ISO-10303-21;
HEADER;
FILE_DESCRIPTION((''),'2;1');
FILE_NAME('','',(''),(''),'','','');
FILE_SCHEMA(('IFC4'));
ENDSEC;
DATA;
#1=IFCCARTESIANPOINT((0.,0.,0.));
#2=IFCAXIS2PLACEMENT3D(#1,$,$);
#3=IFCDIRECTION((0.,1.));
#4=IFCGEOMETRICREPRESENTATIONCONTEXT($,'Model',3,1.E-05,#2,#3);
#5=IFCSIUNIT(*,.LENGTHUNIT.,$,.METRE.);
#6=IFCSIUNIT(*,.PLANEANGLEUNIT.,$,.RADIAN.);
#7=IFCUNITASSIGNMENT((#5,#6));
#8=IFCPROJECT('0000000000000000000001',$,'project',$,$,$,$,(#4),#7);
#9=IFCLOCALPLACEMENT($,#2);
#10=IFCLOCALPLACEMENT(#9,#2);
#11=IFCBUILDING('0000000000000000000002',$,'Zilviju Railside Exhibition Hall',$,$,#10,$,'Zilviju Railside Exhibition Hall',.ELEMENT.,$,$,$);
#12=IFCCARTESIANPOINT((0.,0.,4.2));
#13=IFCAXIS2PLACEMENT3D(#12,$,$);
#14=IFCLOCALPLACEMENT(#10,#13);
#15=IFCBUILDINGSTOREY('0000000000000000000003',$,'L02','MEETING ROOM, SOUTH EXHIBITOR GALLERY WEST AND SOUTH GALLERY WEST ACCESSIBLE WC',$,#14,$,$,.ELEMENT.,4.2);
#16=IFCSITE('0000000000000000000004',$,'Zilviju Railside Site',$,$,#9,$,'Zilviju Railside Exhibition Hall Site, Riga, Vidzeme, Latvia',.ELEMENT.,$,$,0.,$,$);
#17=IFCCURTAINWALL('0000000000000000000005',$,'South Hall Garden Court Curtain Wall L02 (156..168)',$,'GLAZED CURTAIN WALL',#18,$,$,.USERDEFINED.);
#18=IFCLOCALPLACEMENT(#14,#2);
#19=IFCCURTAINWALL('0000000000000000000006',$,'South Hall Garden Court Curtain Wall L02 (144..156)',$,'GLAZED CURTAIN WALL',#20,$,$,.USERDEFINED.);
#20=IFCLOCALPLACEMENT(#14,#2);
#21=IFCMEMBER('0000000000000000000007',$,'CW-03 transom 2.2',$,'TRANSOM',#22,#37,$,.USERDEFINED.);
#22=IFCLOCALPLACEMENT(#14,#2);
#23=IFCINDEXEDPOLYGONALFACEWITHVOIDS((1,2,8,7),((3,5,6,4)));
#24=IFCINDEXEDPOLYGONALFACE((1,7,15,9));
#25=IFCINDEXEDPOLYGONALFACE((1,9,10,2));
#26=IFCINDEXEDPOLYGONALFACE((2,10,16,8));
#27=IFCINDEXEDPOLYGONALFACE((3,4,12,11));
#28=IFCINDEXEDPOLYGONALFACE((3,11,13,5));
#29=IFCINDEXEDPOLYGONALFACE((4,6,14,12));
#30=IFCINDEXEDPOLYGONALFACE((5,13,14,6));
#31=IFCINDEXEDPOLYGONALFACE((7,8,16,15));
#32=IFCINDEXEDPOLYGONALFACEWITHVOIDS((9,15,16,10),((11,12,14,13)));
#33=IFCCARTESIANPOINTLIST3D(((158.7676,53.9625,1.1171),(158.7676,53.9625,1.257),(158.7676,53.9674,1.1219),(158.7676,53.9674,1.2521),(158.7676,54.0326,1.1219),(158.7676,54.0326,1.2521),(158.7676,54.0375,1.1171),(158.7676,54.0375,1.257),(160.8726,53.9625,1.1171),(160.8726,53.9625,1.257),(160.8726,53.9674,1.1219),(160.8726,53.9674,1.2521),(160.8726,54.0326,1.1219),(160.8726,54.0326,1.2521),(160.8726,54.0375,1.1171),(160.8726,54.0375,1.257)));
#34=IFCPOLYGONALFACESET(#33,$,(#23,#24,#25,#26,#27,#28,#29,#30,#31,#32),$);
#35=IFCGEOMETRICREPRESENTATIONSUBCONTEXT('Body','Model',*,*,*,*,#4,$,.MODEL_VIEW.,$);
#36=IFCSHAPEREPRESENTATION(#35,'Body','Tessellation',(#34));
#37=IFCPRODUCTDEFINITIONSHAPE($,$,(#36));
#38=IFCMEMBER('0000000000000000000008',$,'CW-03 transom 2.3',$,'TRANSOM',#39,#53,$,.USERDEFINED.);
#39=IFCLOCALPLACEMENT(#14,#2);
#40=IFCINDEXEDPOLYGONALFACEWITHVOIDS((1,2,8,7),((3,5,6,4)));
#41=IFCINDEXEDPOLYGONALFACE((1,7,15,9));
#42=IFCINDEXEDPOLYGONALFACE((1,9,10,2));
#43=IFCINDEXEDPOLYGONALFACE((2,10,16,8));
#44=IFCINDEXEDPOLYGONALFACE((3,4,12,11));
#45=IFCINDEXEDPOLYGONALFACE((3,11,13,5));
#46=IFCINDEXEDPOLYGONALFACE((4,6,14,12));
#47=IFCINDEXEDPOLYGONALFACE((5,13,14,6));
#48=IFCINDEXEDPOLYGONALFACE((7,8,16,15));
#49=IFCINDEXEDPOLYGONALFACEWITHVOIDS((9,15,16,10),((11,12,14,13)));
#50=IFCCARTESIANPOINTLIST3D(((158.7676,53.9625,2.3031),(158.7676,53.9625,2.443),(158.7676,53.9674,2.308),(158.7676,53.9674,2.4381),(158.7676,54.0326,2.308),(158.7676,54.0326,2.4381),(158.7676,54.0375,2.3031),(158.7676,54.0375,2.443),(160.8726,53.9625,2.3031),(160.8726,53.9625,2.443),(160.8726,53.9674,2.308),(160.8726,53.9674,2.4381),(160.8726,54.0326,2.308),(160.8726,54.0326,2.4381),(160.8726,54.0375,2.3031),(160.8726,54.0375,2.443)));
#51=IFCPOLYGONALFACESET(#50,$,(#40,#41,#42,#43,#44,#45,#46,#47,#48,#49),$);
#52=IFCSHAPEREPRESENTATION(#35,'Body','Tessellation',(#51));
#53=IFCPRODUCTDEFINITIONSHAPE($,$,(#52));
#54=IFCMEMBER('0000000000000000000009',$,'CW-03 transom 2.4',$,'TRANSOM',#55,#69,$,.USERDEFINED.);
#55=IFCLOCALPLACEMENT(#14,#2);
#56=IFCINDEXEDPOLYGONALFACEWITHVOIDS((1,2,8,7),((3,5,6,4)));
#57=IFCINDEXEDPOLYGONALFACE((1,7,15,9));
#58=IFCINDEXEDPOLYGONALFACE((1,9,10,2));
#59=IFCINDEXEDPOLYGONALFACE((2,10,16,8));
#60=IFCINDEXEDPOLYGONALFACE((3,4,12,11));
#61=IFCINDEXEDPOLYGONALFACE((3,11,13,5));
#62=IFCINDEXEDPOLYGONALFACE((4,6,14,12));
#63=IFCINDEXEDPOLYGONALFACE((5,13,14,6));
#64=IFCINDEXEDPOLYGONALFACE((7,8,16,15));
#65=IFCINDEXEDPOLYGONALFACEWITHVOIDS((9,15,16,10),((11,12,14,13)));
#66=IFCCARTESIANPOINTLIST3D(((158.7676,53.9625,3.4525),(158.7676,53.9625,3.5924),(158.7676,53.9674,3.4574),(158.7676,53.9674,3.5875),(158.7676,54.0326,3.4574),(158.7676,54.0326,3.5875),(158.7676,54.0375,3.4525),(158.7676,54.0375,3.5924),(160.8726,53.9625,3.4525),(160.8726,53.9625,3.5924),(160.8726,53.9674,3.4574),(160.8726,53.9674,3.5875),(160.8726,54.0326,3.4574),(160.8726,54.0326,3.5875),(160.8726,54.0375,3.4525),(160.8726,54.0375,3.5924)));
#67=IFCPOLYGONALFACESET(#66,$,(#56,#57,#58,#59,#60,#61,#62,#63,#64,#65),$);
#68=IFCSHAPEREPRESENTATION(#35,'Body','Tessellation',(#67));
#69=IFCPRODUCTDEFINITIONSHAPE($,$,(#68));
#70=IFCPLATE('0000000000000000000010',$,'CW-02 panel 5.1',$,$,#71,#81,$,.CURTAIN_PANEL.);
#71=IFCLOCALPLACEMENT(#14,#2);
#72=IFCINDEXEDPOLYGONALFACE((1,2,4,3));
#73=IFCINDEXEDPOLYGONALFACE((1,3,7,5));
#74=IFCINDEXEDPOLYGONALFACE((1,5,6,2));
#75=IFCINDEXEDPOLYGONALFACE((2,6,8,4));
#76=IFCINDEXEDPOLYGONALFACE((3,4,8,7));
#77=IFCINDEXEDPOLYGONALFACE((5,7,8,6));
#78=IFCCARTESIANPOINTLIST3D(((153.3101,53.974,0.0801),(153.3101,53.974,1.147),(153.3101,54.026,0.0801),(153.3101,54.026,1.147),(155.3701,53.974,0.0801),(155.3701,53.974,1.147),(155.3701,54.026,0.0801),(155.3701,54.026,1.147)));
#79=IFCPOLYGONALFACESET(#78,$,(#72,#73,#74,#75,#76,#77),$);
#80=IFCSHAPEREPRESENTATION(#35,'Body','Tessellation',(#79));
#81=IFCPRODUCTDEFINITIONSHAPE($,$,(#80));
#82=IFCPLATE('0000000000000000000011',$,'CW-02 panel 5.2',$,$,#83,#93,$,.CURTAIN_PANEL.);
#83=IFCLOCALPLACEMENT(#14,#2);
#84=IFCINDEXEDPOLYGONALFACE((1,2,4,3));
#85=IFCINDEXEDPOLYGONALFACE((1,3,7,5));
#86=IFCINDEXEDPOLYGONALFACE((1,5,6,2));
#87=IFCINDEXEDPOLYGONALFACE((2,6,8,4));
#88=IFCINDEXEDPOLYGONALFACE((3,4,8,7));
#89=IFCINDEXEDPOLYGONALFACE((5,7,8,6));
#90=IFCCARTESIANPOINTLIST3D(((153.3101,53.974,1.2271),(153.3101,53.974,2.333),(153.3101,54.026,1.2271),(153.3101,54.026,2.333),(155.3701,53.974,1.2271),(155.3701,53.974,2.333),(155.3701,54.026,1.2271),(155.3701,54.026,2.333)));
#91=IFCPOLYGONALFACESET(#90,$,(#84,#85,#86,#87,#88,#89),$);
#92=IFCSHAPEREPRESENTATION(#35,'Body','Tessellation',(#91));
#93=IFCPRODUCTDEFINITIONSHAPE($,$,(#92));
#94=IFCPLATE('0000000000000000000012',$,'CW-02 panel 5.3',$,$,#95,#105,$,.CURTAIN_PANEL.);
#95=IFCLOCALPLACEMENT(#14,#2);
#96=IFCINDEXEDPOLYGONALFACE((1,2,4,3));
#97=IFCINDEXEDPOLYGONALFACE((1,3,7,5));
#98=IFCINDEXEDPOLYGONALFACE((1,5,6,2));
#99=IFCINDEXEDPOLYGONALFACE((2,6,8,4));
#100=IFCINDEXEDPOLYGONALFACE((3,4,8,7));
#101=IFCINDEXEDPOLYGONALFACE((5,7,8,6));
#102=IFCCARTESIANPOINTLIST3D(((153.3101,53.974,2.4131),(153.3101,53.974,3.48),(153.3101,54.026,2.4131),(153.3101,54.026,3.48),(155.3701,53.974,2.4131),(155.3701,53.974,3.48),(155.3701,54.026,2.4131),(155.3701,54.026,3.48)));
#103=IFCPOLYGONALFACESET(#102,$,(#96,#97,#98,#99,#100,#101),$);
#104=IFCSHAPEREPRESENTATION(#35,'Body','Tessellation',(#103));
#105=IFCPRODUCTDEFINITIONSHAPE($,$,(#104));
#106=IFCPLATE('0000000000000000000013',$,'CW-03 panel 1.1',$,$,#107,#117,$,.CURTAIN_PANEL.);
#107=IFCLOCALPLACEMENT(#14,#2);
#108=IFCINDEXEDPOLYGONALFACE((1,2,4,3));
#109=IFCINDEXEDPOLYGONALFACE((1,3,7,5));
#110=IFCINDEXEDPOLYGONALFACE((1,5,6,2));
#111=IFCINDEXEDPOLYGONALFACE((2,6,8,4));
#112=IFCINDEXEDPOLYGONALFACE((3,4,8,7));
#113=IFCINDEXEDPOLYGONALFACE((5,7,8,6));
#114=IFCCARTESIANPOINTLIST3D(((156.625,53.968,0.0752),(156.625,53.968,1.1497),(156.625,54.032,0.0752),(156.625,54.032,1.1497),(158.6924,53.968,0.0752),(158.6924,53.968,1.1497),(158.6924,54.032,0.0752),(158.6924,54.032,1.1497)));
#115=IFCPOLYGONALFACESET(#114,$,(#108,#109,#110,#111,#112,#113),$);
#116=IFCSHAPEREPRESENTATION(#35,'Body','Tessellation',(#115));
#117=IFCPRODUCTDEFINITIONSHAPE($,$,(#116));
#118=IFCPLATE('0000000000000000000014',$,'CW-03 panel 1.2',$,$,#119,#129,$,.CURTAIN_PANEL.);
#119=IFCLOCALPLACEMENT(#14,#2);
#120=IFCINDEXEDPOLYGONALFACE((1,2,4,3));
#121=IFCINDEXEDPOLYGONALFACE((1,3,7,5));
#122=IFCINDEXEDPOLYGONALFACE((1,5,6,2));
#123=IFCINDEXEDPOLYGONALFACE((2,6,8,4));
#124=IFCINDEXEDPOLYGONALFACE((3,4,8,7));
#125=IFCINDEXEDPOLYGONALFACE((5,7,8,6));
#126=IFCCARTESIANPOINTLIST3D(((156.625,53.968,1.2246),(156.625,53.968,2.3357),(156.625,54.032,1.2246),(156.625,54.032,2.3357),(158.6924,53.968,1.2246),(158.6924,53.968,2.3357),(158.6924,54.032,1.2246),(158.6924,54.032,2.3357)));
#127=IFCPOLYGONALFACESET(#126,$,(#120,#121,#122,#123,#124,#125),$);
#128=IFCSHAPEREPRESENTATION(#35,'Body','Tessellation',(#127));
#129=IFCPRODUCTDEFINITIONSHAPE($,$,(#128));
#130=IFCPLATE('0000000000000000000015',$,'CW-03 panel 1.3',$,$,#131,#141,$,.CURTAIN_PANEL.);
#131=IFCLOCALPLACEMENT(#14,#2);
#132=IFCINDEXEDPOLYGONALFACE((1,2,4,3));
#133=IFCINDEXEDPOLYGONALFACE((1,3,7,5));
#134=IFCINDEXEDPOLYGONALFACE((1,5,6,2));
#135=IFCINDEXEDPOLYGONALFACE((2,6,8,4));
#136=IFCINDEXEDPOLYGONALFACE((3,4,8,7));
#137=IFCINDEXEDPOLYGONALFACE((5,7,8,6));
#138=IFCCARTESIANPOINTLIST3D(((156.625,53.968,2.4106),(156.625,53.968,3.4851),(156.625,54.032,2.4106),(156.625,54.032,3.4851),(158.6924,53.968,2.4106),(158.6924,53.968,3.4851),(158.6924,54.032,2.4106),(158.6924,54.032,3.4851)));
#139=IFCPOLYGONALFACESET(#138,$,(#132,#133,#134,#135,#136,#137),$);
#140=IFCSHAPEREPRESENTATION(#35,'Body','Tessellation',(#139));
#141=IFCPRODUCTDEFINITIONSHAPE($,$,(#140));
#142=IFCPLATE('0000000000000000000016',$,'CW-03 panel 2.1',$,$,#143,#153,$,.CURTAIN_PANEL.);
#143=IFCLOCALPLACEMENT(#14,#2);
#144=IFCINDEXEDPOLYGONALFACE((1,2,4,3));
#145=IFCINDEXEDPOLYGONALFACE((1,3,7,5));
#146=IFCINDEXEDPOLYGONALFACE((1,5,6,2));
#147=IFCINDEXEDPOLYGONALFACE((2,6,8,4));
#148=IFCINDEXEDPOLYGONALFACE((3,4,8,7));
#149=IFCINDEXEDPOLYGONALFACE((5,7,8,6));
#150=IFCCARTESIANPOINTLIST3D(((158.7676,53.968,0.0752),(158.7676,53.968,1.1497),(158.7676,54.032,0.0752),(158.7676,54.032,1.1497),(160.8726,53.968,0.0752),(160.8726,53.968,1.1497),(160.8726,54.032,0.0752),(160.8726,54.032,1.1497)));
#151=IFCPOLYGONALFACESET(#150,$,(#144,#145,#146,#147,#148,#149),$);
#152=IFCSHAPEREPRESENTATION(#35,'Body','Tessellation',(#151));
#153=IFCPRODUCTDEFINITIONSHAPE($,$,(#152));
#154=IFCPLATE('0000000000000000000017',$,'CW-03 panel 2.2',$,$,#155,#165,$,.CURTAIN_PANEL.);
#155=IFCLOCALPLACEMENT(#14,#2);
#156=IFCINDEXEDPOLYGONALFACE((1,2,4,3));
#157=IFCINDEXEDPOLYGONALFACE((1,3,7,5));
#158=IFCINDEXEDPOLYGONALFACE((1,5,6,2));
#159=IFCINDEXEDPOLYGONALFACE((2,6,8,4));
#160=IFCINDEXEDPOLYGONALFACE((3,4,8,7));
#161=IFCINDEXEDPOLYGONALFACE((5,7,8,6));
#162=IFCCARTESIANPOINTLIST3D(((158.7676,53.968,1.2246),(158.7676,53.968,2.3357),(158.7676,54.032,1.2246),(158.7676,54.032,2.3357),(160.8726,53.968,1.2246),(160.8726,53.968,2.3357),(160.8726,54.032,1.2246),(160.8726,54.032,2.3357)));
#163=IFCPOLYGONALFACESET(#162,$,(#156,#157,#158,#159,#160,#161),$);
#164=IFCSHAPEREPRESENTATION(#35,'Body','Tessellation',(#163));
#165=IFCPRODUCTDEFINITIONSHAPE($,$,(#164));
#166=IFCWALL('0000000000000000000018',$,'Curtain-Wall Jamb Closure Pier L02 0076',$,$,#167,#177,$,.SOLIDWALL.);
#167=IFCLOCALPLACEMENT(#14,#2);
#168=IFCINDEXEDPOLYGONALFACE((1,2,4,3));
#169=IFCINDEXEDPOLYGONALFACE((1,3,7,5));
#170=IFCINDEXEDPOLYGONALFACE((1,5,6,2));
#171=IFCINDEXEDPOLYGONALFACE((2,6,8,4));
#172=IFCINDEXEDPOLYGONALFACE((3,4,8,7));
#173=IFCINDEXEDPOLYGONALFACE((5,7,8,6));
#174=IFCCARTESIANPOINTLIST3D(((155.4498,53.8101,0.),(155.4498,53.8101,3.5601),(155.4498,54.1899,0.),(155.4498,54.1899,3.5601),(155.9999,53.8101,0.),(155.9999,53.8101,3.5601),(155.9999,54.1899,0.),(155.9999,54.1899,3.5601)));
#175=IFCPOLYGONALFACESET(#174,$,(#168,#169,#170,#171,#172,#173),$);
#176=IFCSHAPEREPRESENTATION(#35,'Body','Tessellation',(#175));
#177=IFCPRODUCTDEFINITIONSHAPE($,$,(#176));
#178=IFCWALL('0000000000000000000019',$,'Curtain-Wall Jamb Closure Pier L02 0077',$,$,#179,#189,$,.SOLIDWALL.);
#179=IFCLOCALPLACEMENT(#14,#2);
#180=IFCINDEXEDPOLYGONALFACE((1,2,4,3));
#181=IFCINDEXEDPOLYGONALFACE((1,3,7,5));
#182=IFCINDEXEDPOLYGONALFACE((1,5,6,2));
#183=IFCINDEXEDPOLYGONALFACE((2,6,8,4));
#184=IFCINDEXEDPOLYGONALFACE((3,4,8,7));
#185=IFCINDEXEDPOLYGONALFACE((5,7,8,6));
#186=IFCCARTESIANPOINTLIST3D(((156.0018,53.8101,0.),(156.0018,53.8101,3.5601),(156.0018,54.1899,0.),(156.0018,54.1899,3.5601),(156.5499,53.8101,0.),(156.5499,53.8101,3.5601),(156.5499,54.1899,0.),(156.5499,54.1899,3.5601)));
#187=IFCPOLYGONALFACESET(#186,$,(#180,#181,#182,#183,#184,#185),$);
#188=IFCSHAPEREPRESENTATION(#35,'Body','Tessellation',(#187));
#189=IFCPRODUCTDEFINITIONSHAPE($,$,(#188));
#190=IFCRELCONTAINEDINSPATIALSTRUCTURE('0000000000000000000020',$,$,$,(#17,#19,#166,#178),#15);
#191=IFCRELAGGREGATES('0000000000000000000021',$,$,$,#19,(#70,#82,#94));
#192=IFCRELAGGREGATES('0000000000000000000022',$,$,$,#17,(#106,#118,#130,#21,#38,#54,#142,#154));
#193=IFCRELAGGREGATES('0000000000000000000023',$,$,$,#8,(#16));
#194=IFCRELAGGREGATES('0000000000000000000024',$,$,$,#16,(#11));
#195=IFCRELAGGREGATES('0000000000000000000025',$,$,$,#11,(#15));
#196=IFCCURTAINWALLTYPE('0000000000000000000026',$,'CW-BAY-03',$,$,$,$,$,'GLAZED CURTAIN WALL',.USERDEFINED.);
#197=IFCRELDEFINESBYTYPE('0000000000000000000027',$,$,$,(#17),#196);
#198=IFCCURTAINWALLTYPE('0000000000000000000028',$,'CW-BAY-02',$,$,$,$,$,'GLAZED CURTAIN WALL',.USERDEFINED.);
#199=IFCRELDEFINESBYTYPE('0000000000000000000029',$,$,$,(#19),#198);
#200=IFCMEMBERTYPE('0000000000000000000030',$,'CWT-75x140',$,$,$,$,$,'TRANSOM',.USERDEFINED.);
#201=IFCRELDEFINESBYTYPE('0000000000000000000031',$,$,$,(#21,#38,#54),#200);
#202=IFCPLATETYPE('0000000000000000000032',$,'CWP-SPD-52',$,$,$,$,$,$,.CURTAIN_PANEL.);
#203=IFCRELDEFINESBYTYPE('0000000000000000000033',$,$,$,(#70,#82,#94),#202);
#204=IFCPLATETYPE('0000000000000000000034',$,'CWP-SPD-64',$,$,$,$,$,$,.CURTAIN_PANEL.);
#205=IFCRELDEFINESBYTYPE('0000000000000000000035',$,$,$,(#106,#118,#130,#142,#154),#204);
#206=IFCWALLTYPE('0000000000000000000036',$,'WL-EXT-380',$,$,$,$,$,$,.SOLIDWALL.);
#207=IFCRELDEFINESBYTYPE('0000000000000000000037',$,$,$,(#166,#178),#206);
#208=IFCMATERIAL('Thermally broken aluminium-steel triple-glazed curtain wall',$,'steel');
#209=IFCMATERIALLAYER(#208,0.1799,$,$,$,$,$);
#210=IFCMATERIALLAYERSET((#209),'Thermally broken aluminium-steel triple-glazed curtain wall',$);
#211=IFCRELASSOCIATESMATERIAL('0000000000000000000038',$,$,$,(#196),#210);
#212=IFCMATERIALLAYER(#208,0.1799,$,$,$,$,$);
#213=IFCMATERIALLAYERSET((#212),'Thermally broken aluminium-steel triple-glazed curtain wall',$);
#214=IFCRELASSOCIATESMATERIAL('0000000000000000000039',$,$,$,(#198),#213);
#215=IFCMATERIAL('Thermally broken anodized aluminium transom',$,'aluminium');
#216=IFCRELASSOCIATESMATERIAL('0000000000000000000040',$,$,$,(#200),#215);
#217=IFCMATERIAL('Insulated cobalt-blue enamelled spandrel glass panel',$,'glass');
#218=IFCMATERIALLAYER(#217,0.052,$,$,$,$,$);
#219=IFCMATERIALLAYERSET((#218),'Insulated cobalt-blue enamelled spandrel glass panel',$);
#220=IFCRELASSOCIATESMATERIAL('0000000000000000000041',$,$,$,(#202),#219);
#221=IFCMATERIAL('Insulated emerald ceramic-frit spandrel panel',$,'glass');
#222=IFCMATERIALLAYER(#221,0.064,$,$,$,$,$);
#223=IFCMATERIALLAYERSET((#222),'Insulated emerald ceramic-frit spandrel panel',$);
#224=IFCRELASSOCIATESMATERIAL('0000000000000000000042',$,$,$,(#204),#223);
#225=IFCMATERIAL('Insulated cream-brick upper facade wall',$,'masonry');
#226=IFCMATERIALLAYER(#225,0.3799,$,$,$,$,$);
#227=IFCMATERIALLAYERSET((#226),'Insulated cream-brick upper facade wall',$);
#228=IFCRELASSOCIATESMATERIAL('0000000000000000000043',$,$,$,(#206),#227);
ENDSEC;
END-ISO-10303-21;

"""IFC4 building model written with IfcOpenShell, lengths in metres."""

from ifc_helpers import new_model, si_unit, direction, frame, frame_2d, origin, origin_2d, place, context, subcontext, project, spatial, rectangle, hollow_rectangle, extrude, material, layer, layer_set, material_profile, profile_set, type_object, element, aggregate, save


model = new_model("IFC4")

# Units and contexts
model_context = context("Model", 3, precision=1e-05, world=origin(), true_north=direction((0.0, 1.0)))
body_context = subcontext(model_context, "Body", "Model", "MODEL_VIEW")
ifc_project = project(units=[si_unit("LENGTHUNIT", "METRE"), si_unit("PLANEANGLEUNIT", "RADIAN")], contexts=[model_context])

# Site, building, storey
site_placement = place(None, origin())
site = spatial("IfcSite", under=ifc_project, at=site_placement, Name="Zilviju Railside Site", LongName="Zilviju Railside Exhibition Hall Site, Riga, Vidzeme, Latvia", CompositionType="ELEMENT", RefElevation=0.0)
building_placement = place(site_placement, origin())
building = spatial("IfcBuilding", under=site, at=building_placement, Name="Zilviju Railside Exhibition Hall", LongName="Zilviju Railside Exhibition Hall", CompositionType="ELEMENT")
storey_placement = place(building_placement, frame((0.0, 0.0, 4.2)))
storey = spatial("IfcBuildingStorey", under=building, at=storey_placement, Name="L02", Description="MEETING ROOM, SOUTH EXHIBITOR GALLERY WEST AND SOUTH GALLERY WEST ACCESSIBLE WC", CompositionType="ELEMENT", Elevation=4.2)

# Curtain wall
ifc_material_1 = material(Name="Thermally broken aluminium-steel triple-glazed curtain wall", Category="steel")
ifc_layer_1 = layer(ifc_material_1, 0.1799)
ifc_layer_set_1 = layer_set([ifc_layer_1], Name="Thermally broken aluminium-steel triple-glazed curtain wall")
curtain_wall_type_1 = type_object("IfcCurtainWallType", Name="CW-BAY-03", ElementType="GLAZED CURTAIN WALL", PredefinedType="USERDEFINED", material=ifc_layer_set_1)
curtain_wall_1_placement = place(storey_placement, origin())
curtain_wall_1 = element("IfcCurtainWall", 1, at=curtain_wall_1_placement, inside=storey, type_object=curtain_wall_type_1, Name="South Hall Garden Court Curtain Wall L02 (156..168)", ObjectType="GLAZED CURTAIN WALL", PredefinedType="USERDEFINED")

# Curtain wall
ifc_layer_2 = layer(ifc_material_1, 0.1799)
ifc_layer_set_2 = layer_set([ifc_layer_2], Name="Thermally broken aluminium-steel triple-glazed curtain wall")
curtain_wall_type_2 = type_object("IfcCurtainWallType", Name="CW-BAY-02", ElementType="GLAZED CURTAIN WALL", PredefinedType="USERDEFINED", material=ifc_layer_set_2)
curtain_wall_2_placement = place(storey_placement, origin())
curtain_wall_2 = element("IfcCurtainWall", 2, at=curtain_wall_2_placement, inside=storey, type_object=curtain_wall_type_2, Name="South Hall Garden Court Curtain Wall L02 (144..156)", ObjectType="GLAZED CURTAIN WALL", PredefinedType="USERDEFINED")

# Members
ifc_material_2 = material(Name="Thermally broken anodized aluminium transom", Category="aluminium")
ifc_material_profile_1 = material_profile(ifc_material_2, hollow_rectangle(XDim=0.075, YDim=0.1399, WallThickness=0.0049, at=origin_2d()), Name="TRANSOM 140x75x5")
ifc_profile_set_1 = profile_set([ifc_material_profile_1], Name="Thermally broken anodized aluminium transom")
member_type_1 = type_object("IfcMemberType", Name="CWT-75x140", ElementType="TRANSOM", PredefinedType="USERDEFINED", material=ifc_profile_set_1)
member_1_placement = place(storey_placement, frame((158.7676, 54.0, 1.187), z_axis=(1.0, 0.0, 0.0), x_axis=(0.0, 1.0, 0.0)))
member_1 = element("IfcMember", 3, at=member_1_placement, type_object=member_type_1, Name="CW-03 transom 2.2", ObjectType="TRANSOM", PredefinedType="USERDEFINED", context=body_context, shape_type="SweptSolid", body=[
    extrude(hollow_rectangle(XDim=0.075, YDim=0.1399, WallThickness=0.0049, at=origin_2d()), origin(), (0.0, 0.0, 1.0), 2.105),
])
member_2_placement = place(storey_placement, frame((158.7676, 54.0, 2.373), z_axis=(1.0, 0.0, 0.0), x_axis=(0.0, 1.0, 0.0)))
member_2 = element("IfcMember", 4, at=member_2_placement, type_object=member_type_1, Name="CW-03 transom 2.3", ObjectType="TRANSOM", PredefinedType="USERDEFINED", context=body_context, shape_type="SweptSolid", body=[
    extrude(hollow_rectangle(XDim=0.075, YDim=0.1399, WallThickness=0.0049, at=origin_2d()), origin(), (0.0, 0.0, 1.0), 2.105),
])
member_3_placement = place(storey_placement, frame((158.7676, 54.0, 3.5225), z_axis=(1.0, 0.0, 0.0), x_axis=(0.0, 1.0, 0.0)))
member_3 = element("IfcMember", 5, at=member_3_placement, type_object=member_type_1, Name="CW-03 transom 2.4", ObjectType="TRANSOM", PredefinedType="USERDEFINED", context=body_context, shape_type="SweptSolid", body=[
    extrude(hollow_rectangle(XDim=0.075, YDim=0.1399, WallThickness=0.0049, at=origin_2d()), origin(), (0.0, 0.0, 1.0), 2.105),
])

# Plates
ifc_material_3 = material(Name="Insulated cobalt-blue enamelled spandrel glass panel", Category="glass")
ifc_layer_3 = layer(ifc_material_3, 0.052)
ifc_layer_set_3 = layer_set([ifc_layer_3], Name="Insulated cobalt-blue enamelled spandrel glass panel")
plate_type_1 = type_object("IfcPlateType", Name="CWP-SPD-52", PredefinedType="CURTAIN_PANEL", material=ifc_layer_set_3)
plate_1_placement = place(storey_placement, frame((154.3401, 54.0, 0.0801), z_axis=(0.0, 0.0, 1.0), x_axis=(1.0, 0.0, 0.0)))
plate_1 = element("IfcPlate", 6, at=plate_1_placement, type_object=plate_type_1, Name="CW-02 panel 5.1", PredefinedType="CURTAIN_PANEL", context=body_context, shape_type="SweptSolid", body=[
    extrude(rectangle(XDim=2.0601, YDim=0.052, at=origin_2d()), origin(), (0.0, 0.0, 1.0), 1.0669),
])
plate_2_placement = place(storey_placement, frame((154.3401, 54.0, 1.2271), z_axis=(0.0, 0.0, 1.0), x_axis=(1.0, 0.0, 0.0)))
plate_2 = element("IfcPlate", 7, at=plate_2_placement, type_object=plate_type_1, Name="CW-02 panel 5.2", PredefinedType="CURTAIN_PANEL", context=body_context, shape_type="SweptSolid", body=[
    extrude(rectangle(XDim=2.0601, YDim=0.052, at=origin_2d()), origin(), (0.0, 0.0, 1.0), 1.106),
])
plate_3_placement = place(storey_placement, frame((154.3401, 54.0, 2.4131), z_axis=(0.0, 0.0, 1.0), x_axis=(1.0, 0.0, 0.0)))
plate_3 = element("IfcPlate", 8, at=plate_3_placement, type_object=plate_type_1, Name="CW-02 panel 5.3", PredefinedType="CURTAIN_PANEL", context=body_context, shape_type="SweptSolid", body=[
    extrude(rectangle(XDim=2.0601, YDim=0.052, at=origin_2d()), origin(), (0.0, 0.0, 1.0), 1.0669),
])
aggregate(curtain_wall_2, [plate_1, plate_2, plate_3])
ifc_material_4 = material(Name="Insulated emerald ceramic-frit spandrel panel", Category="glass")
ifc_layer_4 = layer(ifc_material_4, 0.064)
ifc_layer_set_4 = layer_set([ifc_layer_4], Name="Insulated emerald ceramic-frit spandrel panel")
plate_type_2 = type_object("IfcPlateType", Name="CWP-SPD-64", PredefinedType="CURTAIN_PANEL", material=ifc_layer_set_4)
plate_4_placement = place(storey_placement, frame((157.6587, 54.0, 0.0752), z_axis=(0.0, 0.0, 1.0), x_axis=(1.0, 0.0, 0.0)))
plate_4 = element("IfcPlate", 9, at=plate_4_placement, type_object=plate_type_2, Name="CW-03 panel 1.1", PredefinedType="CURTAIN_PANEL", context=body_context, shape_type="SweptSolid", body=[
    extrude(rectangle(XDim=2.0674, YDim=0.064, at=origin_2d()), origin(), (0.0, 0.0, 1.0), 1.0745),
])
plate_5_placement = place(storey_placement, frame((157.6587, 54.0, 1.2246), z_axis=(0.0, 0.0, 1.0), x_axis=(1.0, 0.0, 0.0)))
plate_5 = element("IfcPlate", 10, at=plate_5_placement, type_object=plate_type_2, Name="CW-03 panel 1.2", PredefinedType="CURTAIN_PANEL", context=body_context, shape_type="SweptSolid", body=[
    extrude(rectangle(XDim=2.0674, YDim=0.064, at=origin_2d()), origin(), (0.0, 0.0, 1.0), 1.1111),
])
plate_6_placement = place(storey_placement, frame((157.6587, 54.0, 2.4106), z_axis=(0.0, 0.0, 1.0), x_axis=(1.0, 0.0, 0.0)))
plate_6 = element("IfcPlate", 11, at=plate_6_placement, type_object=plate_type_2, Name="CW-03 panel 1.3", PredefinedType="CURTAIN_PANEL", context=body_context, shape_type="SweptSolid", body=[
    extrude(rectangle(XDim=2.0674, YDim=0.064, at=origin_2d()), origin(), (0.0, 0.0, 1.0), 1.0745),
])
plate_7_placement = place(storey_placement, frame((159.8201, 54.0, 0.0752), z_axis=(0.0, 0.0, 1.0), x_axis=(1.0, 0.0, 0.0)))
plate_7 = element("IfcPlate", 12, at=plate_7_placement, type_object=plate_type_2, Name="CW-03 panel 2.1", PredefinedType="CURTAIN_PANEL", context=body_context, shape_type="SweptSolid", body=[
    extrude(rectangle(XDim=2.105, YDim=0.064, at=origin_2d()), origin(), (0.0, 0.0, 1.0), 1.0745),
])
plate_8_placement = place(storey_placement, frame((159.8201, 54.0, 1.2246), z_axis=(0.0, 0.0, 1.0), x_axis=(1.0, 0.0, 0.0)))
plate_8 = element("IfcPlate", 13, at=plate_8_placement, type_object=plate_type_2, Name="CW-03 panel 2.2", PredefinedType="CURTAIN_PANEL", context=body_context, shape_type="SweptSolid", body=[
    extrude(rectangle(XDim=2.105, YDim=0.064, at=origin_2d()), origin(), (0.0, 0.0, 1.0), 1.1111),
])
aggregate(curtain_wall_1, [plate_4, plate_5, plate_6, member_1, member_2, member_3, plate_7, plate_8])

# Walls
ifc_material_5 = material(Name="Insulated cream-brick upper facade wall", Category="masonry")
ifc_layer_5 = layer(ifc_material_5, 0.3799)
ifc_layer_set_5 = layer_set([ifc_layer_5], Name="Insulated cream-brick upper facade wall")
wall_type = type_object("IfcWallType", Name="WL-EXT-380", PredefinedType="SOLIDWALL", material=ifc_layer_set_5)
wall_1_placement = place(storey_placement, frame((155.45, 54.0, 0.0), z_axis=(0.0, 0.0, 1.0), x_axis=(1.0, 0.0, 0.0)))
element("IfcWall", 14, at=wall_1_placement, inside=storey, type_object=wall_type, Name="Curtain-Wall Jamb Closure Pier L02 0076", PredefinedType="SOLIDWALL", context=body_context, shape_type="SweptSolid", body=[
    extrude(rectangle(XDim=0.55, YDim=0.3799, at=frame_2d((0.2749, 0.0))), origin(), (0.0, 0.0, 1.0), 3.5601),
])
wall_2_placement = place(storey_placement, frame((156.002, 54.0, 0.0), z_axis=(0.0, 0.0, 1.0), x_axis=(1.0, 0.0, 0.0)))
element("IfcWall", 15, at=wall_2_placement, inside=storey, type_object=wall_type, Name="Curtain-Wall Jamb Closure Pier L02 0077", PredefinedType="SOLIDWALL", context=body_context, shape_type="SweptSolid", body=[
    extrude(rectangle(XDim=0.5481, YDim=0.3799, at=frame_2d((0.2739, 0.0))), origin(), (0.0, 0.0, 1.0), 3.5601),
])

save(model, "model.ifc")
